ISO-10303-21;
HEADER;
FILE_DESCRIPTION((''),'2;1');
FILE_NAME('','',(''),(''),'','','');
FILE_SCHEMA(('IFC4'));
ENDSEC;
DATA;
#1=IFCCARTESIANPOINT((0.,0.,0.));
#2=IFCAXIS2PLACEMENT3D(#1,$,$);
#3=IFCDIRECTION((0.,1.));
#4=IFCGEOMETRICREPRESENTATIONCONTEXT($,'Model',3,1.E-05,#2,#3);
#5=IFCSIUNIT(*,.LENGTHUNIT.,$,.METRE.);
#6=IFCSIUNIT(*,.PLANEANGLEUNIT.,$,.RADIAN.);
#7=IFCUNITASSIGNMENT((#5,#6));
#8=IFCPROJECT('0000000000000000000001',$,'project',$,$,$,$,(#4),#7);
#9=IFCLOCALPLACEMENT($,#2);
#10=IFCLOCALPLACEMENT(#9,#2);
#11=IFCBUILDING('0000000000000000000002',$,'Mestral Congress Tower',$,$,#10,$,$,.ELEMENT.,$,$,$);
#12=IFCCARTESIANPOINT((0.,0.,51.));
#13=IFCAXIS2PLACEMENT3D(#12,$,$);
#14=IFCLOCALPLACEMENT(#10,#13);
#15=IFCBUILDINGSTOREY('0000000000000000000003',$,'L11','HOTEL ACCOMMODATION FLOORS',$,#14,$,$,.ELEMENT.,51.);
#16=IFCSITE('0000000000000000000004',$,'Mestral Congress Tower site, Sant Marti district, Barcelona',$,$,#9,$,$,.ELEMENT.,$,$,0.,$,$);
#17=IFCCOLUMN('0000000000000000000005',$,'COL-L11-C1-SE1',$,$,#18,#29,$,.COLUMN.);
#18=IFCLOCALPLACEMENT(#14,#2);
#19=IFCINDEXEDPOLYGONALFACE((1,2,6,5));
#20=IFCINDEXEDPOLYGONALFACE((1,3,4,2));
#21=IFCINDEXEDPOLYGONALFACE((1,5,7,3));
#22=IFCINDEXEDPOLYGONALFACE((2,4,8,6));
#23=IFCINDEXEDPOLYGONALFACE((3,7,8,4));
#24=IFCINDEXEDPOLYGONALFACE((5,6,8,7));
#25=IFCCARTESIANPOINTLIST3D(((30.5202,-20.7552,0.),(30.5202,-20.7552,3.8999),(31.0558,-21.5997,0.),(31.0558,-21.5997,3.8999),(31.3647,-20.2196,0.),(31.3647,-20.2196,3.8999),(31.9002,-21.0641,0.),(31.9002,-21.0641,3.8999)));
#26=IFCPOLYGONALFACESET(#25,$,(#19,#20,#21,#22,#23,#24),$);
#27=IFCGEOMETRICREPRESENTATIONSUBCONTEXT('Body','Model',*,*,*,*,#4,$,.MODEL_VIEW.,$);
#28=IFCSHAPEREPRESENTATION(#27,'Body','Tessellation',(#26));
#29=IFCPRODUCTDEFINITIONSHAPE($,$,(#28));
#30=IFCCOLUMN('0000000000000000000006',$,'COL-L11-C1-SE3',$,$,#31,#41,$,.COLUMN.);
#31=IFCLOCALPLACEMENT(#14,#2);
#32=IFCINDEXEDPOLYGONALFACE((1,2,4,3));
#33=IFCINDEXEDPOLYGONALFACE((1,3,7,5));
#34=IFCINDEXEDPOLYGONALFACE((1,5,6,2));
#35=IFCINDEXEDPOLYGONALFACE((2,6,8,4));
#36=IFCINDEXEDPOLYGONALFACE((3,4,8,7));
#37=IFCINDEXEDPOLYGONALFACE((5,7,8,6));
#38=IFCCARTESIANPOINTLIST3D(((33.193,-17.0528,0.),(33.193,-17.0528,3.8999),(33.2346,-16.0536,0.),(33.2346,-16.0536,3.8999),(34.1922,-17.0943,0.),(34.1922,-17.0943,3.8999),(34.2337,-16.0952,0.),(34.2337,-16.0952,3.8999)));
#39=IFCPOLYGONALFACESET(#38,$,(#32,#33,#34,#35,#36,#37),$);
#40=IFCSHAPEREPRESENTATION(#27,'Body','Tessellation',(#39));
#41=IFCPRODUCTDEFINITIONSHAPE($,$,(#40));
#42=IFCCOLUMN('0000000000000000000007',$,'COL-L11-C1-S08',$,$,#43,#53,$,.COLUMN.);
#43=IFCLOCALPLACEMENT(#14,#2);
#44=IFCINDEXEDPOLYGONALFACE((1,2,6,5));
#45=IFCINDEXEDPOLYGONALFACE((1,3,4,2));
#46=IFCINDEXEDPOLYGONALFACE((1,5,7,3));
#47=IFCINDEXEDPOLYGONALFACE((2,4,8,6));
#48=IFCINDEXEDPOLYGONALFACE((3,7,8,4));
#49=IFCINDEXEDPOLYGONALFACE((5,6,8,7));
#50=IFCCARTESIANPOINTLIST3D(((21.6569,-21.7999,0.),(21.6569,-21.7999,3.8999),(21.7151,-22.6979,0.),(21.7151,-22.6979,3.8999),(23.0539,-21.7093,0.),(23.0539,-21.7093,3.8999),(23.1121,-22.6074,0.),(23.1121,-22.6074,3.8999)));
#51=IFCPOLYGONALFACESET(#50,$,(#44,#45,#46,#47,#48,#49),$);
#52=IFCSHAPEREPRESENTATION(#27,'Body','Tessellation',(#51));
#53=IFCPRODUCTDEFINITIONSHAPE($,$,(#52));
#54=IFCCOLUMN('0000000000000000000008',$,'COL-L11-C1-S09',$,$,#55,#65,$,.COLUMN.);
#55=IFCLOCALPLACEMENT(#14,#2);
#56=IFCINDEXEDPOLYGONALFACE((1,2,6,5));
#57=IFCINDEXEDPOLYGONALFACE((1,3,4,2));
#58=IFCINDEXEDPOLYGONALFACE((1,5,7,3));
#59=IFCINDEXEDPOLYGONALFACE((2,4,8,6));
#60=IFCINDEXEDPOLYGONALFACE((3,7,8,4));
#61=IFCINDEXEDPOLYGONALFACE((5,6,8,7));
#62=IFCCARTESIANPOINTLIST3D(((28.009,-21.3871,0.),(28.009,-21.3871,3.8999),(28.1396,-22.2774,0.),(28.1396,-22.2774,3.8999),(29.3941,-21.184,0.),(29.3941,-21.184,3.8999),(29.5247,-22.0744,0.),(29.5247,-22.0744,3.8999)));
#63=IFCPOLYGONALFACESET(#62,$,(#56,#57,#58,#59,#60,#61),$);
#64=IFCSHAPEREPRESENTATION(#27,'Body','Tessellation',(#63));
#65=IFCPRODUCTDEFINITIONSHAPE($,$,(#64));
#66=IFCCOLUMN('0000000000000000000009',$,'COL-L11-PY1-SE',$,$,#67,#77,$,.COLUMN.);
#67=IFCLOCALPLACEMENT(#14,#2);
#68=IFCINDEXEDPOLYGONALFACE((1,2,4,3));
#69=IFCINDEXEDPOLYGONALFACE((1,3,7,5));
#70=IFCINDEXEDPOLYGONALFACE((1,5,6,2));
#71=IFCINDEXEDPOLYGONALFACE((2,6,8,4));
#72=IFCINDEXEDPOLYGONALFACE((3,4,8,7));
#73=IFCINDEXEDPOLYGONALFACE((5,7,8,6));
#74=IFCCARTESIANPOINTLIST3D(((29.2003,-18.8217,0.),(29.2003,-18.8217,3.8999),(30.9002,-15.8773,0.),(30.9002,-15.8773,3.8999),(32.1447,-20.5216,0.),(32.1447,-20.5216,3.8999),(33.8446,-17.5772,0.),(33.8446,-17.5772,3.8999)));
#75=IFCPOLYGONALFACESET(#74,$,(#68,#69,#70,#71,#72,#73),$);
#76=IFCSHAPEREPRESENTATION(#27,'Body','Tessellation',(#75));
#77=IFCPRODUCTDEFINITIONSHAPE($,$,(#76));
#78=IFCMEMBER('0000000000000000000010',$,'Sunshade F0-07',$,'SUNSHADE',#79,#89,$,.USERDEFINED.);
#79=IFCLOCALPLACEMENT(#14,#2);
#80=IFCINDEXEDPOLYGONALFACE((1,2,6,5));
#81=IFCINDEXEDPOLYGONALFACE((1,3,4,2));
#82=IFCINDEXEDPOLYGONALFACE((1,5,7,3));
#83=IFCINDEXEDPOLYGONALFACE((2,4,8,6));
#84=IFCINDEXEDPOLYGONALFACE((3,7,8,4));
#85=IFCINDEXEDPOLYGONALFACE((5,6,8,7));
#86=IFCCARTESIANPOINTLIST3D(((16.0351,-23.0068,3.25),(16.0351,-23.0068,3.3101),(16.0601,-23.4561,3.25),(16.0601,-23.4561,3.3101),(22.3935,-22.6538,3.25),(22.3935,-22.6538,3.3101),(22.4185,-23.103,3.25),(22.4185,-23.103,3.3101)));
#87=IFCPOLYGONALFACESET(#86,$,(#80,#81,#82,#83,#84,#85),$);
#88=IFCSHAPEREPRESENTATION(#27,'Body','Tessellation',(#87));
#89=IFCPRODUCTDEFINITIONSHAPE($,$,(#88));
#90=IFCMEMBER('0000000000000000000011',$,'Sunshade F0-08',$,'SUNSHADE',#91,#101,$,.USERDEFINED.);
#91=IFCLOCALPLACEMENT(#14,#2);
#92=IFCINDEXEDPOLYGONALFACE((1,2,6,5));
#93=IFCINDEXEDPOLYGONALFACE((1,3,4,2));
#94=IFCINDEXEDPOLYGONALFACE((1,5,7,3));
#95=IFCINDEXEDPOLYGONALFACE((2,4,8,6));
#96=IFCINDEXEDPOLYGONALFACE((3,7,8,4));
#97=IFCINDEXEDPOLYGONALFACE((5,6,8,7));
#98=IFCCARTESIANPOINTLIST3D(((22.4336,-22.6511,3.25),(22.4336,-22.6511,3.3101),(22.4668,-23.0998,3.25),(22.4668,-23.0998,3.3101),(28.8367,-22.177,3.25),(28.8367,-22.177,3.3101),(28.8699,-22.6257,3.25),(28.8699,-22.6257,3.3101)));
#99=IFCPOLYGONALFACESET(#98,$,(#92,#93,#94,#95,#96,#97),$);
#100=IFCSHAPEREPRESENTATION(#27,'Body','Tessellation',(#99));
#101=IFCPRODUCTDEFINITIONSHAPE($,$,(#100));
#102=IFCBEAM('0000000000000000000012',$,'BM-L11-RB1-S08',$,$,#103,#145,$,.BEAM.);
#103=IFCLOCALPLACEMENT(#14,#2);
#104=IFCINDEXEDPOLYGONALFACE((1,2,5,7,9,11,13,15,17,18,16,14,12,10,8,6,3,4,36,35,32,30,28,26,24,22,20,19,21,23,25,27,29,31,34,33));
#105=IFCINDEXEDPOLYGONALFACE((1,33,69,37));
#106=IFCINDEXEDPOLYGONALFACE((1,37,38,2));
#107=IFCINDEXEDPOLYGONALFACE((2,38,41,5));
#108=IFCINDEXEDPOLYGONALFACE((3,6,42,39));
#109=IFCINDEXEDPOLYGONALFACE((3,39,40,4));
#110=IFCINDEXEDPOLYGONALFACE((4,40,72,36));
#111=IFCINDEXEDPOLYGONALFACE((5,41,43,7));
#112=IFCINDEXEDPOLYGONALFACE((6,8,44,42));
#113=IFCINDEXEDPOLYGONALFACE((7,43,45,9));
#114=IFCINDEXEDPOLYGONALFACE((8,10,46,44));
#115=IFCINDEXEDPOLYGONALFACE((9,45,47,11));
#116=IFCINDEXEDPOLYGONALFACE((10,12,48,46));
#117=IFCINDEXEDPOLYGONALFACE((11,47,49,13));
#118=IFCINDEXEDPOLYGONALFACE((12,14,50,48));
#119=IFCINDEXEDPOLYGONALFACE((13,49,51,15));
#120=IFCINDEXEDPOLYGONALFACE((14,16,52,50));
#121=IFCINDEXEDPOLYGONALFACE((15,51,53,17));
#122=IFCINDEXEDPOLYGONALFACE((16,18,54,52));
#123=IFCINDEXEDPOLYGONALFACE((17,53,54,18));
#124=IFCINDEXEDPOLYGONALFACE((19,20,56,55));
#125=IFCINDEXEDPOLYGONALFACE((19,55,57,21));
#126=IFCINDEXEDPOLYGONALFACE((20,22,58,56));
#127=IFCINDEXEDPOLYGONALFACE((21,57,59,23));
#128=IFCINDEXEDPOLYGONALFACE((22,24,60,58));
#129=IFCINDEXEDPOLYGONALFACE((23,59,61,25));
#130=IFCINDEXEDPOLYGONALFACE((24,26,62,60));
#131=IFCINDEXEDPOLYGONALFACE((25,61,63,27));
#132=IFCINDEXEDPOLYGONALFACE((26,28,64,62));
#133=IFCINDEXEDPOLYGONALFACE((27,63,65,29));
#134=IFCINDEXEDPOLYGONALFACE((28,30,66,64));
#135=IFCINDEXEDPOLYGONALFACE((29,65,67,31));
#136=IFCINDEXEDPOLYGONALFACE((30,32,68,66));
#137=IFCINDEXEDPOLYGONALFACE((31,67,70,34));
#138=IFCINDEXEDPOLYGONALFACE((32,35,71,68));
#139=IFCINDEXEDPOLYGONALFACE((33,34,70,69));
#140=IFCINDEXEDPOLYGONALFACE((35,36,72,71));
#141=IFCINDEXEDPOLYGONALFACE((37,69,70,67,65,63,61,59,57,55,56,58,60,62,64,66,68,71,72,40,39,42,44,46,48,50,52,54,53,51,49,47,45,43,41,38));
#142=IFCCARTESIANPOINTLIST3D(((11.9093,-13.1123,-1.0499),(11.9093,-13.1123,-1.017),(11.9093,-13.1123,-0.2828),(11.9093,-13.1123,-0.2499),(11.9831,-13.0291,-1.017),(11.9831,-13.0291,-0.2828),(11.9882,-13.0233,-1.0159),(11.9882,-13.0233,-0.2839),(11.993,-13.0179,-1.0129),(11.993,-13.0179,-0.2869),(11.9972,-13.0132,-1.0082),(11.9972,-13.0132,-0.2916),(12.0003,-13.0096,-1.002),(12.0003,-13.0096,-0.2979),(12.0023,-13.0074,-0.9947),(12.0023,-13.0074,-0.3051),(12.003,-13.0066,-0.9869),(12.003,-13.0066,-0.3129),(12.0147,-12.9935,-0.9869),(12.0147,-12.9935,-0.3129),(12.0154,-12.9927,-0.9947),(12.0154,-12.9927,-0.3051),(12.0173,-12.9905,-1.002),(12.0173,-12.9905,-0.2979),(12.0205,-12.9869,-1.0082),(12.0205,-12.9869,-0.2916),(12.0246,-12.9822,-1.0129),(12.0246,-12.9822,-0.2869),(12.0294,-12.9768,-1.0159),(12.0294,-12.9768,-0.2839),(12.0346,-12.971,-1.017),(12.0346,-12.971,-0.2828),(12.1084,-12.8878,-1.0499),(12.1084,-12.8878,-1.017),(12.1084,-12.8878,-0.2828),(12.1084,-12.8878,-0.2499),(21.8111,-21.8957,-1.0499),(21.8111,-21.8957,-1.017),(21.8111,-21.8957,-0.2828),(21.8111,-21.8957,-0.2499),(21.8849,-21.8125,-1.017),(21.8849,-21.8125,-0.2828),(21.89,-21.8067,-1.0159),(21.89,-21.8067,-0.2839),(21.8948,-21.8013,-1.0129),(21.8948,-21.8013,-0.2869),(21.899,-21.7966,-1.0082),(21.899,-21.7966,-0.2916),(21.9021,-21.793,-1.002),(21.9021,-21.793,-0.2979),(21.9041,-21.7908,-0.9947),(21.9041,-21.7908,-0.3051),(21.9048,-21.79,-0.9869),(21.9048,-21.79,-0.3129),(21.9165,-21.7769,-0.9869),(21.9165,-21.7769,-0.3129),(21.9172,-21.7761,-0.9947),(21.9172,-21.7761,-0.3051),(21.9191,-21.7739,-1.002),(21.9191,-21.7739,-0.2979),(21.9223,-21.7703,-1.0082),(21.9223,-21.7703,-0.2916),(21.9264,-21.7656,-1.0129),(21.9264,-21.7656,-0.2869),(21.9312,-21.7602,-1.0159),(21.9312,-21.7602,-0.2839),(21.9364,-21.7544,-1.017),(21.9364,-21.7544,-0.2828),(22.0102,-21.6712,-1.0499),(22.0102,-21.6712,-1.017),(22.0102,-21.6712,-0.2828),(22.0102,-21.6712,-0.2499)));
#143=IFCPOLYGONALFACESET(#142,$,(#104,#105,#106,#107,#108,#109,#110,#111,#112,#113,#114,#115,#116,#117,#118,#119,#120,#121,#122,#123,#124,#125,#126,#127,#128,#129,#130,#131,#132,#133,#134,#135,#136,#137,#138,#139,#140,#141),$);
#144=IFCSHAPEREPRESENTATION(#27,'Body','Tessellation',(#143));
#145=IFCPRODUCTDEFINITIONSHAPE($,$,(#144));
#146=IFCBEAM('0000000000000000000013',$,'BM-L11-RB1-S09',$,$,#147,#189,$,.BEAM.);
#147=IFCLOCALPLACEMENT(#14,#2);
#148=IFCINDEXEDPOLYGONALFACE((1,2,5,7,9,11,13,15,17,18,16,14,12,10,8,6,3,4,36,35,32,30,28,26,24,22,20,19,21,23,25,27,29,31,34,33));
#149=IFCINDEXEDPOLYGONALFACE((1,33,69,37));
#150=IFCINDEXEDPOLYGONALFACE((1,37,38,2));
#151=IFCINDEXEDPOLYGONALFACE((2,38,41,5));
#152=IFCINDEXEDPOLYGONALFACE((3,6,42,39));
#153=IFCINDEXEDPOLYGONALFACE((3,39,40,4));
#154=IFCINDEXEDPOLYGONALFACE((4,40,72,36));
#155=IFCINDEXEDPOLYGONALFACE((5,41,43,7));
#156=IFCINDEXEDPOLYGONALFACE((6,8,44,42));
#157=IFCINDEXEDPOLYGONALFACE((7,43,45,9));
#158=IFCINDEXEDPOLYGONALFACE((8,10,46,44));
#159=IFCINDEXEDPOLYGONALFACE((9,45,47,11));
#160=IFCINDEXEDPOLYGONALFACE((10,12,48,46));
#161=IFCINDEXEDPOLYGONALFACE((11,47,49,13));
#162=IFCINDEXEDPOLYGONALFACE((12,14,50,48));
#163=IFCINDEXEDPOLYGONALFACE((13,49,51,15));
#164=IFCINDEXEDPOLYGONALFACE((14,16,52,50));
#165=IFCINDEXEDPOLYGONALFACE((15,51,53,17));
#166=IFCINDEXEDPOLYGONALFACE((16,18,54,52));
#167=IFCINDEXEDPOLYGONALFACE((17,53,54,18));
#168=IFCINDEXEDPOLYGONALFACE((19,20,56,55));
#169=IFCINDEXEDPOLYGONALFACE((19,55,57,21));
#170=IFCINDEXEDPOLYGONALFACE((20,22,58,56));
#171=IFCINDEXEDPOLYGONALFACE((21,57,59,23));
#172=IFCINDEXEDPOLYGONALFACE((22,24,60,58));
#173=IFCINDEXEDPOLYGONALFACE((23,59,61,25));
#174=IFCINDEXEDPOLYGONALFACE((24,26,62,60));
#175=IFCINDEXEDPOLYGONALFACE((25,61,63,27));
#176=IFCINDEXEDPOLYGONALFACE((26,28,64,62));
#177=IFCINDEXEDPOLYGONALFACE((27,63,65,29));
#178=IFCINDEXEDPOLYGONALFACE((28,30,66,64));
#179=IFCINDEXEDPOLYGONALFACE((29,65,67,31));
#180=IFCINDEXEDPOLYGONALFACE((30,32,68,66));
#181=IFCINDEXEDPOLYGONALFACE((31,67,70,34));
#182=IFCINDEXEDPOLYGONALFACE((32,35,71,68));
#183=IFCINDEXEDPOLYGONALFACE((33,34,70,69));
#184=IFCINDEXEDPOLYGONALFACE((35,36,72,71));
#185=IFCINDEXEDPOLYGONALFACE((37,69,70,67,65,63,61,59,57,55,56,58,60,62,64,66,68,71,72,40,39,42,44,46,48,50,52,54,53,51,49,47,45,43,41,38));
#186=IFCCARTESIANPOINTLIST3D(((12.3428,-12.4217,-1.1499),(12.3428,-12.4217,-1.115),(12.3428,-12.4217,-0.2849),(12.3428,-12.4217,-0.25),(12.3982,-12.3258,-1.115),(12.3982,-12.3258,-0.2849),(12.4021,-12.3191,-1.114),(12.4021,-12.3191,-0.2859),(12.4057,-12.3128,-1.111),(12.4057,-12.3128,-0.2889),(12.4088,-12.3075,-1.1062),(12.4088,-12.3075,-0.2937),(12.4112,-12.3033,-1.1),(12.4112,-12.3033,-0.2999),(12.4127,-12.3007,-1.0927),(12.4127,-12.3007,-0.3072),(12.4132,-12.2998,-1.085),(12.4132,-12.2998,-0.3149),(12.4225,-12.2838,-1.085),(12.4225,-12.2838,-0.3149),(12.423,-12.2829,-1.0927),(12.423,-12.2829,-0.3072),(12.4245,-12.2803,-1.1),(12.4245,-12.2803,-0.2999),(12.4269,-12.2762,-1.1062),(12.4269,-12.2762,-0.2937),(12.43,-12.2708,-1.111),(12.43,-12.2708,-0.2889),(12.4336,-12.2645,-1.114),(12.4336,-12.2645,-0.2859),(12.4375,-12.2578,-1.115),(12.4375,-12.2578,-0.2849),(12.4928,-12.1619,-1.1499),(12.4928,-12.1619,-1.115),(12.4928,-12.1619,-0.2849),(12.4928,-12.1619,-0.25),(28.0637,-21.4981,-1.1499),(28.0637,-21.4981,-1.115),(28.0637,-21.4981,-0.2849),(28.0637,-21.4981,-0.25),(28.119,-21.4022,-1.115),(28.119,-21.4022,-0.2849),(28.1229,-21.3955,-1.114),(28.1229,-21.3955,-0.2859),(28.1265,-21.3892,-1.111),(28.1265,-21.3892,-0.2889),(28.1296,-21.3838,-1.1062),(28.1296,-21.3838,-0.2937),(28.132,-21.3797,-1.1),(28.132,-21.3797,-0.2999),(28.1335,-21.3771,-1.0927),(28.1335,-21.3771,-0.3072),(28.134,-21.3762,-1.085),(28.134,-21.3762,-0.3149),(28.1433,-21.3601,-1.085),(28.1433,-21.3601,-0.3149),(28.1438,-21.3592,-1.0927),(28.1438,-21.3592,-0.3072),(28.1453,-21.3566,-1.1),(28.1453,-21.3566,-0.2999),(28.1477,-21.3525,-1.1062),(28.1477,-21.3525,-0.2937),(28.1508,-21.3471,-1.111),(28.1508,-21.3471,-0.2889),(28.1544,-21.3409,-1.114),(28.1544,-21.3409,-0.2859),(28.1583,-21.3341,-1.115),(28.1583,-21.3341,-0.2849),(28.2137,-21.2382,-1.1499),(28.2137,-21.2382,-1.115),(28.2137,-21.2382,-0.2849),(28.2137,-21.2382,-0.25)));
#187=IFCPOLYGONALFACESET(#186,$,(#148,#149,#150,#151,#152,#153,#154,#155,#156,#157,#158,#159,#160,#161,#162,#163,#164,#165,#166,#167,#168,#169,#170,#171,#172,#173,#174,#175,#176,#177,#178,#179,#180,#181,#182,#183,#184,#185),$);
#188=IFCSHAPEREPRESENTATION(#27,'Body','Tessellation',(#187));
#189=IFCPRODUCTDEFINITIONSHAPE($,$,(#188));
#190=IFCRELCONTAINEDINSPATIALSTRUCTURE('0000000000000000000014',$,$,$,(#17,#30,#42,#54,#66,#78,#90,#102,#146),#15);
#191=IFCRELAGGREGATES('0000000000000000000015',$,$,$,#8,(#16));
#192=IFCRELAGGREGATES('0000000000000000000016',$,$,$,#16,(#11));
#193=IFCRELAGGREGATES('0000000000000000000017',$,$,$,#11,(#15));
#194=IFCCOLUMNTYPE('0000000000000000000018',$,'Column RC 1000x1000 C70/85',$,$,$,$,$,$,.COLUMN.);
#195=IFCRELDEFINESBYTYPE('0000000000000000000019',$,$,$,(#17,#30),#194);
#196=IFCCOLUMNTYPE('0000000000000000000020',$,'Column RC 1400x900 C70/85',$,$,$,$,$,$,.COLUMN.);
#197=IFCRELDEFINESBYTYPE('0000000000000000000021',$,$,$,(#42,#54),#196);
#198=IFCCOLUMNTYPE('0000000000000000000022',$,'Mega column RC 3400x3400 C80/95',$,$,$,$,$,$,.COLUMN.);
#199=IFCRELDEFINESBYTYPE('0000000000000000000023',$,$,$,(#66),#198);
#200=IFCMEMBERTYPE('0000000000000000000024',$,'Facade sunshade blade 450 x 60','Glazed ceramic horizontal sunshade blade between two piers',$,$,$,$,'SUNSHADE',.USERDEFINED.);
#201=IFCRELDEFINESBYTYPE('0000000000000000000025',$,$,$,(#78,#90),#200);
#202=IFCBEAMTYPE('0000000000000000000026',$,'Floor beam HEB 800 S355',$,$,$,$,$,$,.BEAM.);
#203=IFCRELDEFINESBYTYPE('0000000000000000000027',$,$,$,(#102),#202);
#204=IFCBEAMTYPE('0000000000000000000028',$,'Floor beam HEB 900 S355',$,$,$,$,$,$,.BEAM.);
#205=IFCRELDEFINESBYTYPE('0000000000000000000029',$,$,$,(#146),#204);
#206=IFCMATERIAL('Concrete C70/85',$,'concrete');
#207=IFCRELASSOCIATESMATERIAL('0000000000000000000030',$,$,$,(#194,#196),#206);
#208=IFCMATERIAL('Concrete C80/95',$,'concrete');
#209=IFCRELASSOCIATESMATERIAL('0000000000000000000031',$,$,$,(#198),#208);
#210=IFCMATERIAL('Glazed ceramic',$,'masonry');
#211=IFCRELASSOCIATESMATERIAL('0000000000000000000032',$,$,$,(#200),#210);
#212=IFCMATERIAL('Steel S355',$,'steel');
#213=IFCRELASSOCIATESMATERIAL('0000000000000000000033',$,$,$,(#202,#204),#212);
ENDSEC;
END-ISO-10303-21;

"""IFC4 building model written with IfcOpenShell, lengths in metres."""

from ifc_helpers import new_model, si_unit, direction, frame, origin, origin_2d, place, context, subcontext, project, spatial, rectangle, i_section, extrude, material, material_profile, profile_set, type_object, element, save


model = new_model("IFC4")

# Units and contexts
model_context = context("Model", 3, precision=1e-05, world=origin(), true_north=direction((0.0, 1.0)))
body_context = subcontext(model_context, "Body", "Model", "MODEL_VIEW")
ifc_project = project(units=[si_unit("LENGTHUNIT", "METRE"), si_unit("PLANEANGLEUNIT", "RADIAN")], contexts=[model_context])

# Site, building, storey
site_placement = place(None, origin())
site = spatial("IfcSite", under=ifc_project, at=site_placement, Name="Mestral Congress Tower site, Sant Marti district, Barcelona", CompositionType="ELEMENT", RefElevation=0.0)
building_placement = place(site_placement, origin())
building = spatial("IfcBuilding", under=site, at=building_placement, Name="Mestral Congress Tower", CompositionType="ELEMENT")
storey_placement = place(building_placement, frame((0.0, 0.0, 51.0)))
storey = spatial("IfcBuildingStorey", under=building, at=storey_placement, Name="L11", Description="HOTEL ACCOMMODATION FLOORS", CompositionType="ELEMENT", Elevation=51.0)

# Columns
ifc_material_1 = material(Name="Concrete C70/85", Category="concrete")
ifc_material_profile_1 = material_profile(ifc_material_1, rectangle(XDim=1.0, YDim=1.0, at=origin_2d()), Name="RC 1000x1000")
ifc_profile_set_1 = profile_set([ifc_material_profile_1], Name="Concrete C70/85")
column_type_1 = type_object("IfcColumnType", Name="Column RC 1000x1000 C70/85", PredefinedType="COLUMN", material=ifc_profile_set_1)
for number, where, z_axis, x_axis, name in (
    (1, (31.2102, -20.9097, 0.0), (0.0, 0.0, 1.0), (0.844485, 0.535579, 0.0), "COL-L11-C1-SE1"),
    (2, (33.7134, -16.574, 0.0), (0.0, 0.0, 1.0), (0.041583, 0.999135, 0.0), "COL-L11-C1-SE3"),
):
    element("IfcColumn", number, at=place(storey_placement, frame(where, z_axis=z_axis, x_axis=x_axis)), inside=storey, type_object=column_type_1, Name=name, PredefinedType="COLUMN", context=body_context, shape_type="SweptSolid", body=[
        extrude(rectangle(XDim=1.0, YDim=1.0, at=origin_2d()), origin(), (0.0, 0.0, 1.0), 3.8999),
    ])
ifc_material_profile_2 = material_profile(ifc_material_1, rectangle(XDim=1.3999, YDim=0.8999, at=origin_2d()), Name="RC 1400x900")
ifc_profile_set_2 = profile_set([ifc_material_profile_2], Name="Concrete C70/85")
column_type_2 = type_object("IfcColumnType", Name="Column RC 1400x900 C70/85", PredefinedType="COLUMN", material=ifc_profile_set_2)
for number, where, z_axis, x_axis, name in (
    (3, (22.3845, -22.2036, 0.0), (0.0, 0.0, 1.0), (0.997908, 0.064658, 0.0), "COL-L11-C1-S08"),
    (4, (28.7668, -21.7307, 0.0), (0.0, 0.0, 1.0), (0.989424, 0.145056, 0.0), "COL-L11-C1-S09"),
):
    element("IfcColumn", number, at=place(storey_placement, frame(where, z_axis=z_axis, x_axis=x_axis)), inside=storey, type_object=column_type_2, Name=name, PredefinedType="COLUMN", context=body_context, shape_type="SweptSolid", body=[
        extrude(rectangle(XDim=1.3999, YDim=0.8999, at=origin_2d()), origin(), (0.0, 0.0, 1.0), 3.8999),
    ])
ifc_material_2 = material(Name="Concrete C80/95", Category="concrete")
ifc_material_profile_3 = material_profile(ifc_material_2, rectangle(XDim=3.3999, YDim=3.3999, at=origin_2d()), Name="RC 3400x3400")
ifc_profile_set_3 = profile_set([ifc_material_profile_3], Name="Concrete C80/95")
column_type_3 = type_object("IfcColumnType", Name="Mega column RC 3400x3400 C80/95", PredefinedType="COLUMN", material=ifc_profile_set_3)
column_placement = place(storey_placement, frame((31.5225, -18.1995, 0.0), z_axis=(0.0, 0.0, 1.0), x_axis=(0.866025, -0.5, 0.0)))
element("IfcColumn", 5, at=column_placement, inside=storey, type_object=column_type_3, Name="COL-L11-PY1-SE", PredefinedType="COLUMN", context=body_context, shape_type="SweptSolid", body=[
    extrude(rectangle(XDim=3.3999, YDim=3.3999, at=origin_2d()), origin(), (0.0, 0.0, 1.0), 3.8999),
])

# Members
ifc_material_3 = material(Name="Glazed ceramic", Category="masonry")
ifc_material_profile_4 = material_profile(ifc_material_3, rectangle(XDim=0.45, YDim=0.0601, at=origin_2d()), Name="Ceramic blade 450 x 60")
ifc_profile_set_4 = profile_set([ifc_material_profile_4], Name="Glazed ceramic")
member_type = type_object("IfcMemberType", Name="Facade sunshade blade 450 x 60", Description="Glazed ceramic horizontal sunshade blade between two piers", ElementType="SUNSHADE", PredefinedType="USERDEFINED", material=ifc_profile_set_4)
member_1_placement = place(storey_placement, frame((16.0476, -23.2314, 3.28), z_axis=(0.998462, 0.055436, 0.0), x_axis=(-0.055436, 0.998462, 0.0)))
element("IfcMember", 6, at=member_1_placement, inside=storey, type_object=member_type, Name="Sunshade F0-07", ObjectType="SUNSHADE", PredefinedType="USERDEFINED", context=body_context, shape_type="SweptSolid", body=[
    extrude(rectangle(XDim=0.45, YDim=0.0601, at=origin_2d()), origin(), (0.0, 0.0, 1.0), 6.3682),
])
member_2_placement = place(storey_placement, frame((22.4502, -22.8755, 3.28), z_axis=(0.99727, 0.073844, 0.0), x_axis=(-0.073844, 0.99727, 0.0)))
element("IfcMember", 7, at=member_2_placement, inside=storey, type_object=member_type, Name="Sunshade F0-08", ObjectType="SUNSHADE", PredefinedType="USERDEFINED", context=body_context, shape_type="SweptSolid", body=[
    extrude(rectangle(XDim=0.45, YDim=0.0601, at=origin_2d()), origin(), (0.0, 0.0, 1.0), 6.4207),
])

# Beams
ifc_material_4 = material(Name="Steel S355", Category="steel")
ifc_material_profile_5 = material_profile(ifc_material_4, i_section(OverallWidth=0.3, OverallDepth=0.8, WebThickness=0.0176, FlangeThickness=0.033, FilletRadius=0.03, at=origin_2d()), Name="HEB 800")
ifc_profile_set_5 = profile_set([ifc_material_profile_5], Name="Steel S355")
beam_type_1 = type_object("IfcBeamType", Name="Floor beam HEB 800 S355", PredefinedType="BEAM", material=ifc_profile_set_5)
beam_1_placement = place(storey_placement, frame((21.9106, -21.7834, -0.6499), z_axis=(-0.748092, 0.663595, 0.0), x_axis=(-0.663595, -0.748092, 0.0)))
element("IfcBeam", 8, at=beam_1_placement, inside=storey, type_object=beam_type_1, Name="BM-L11-RB1-S08", PredefinedType="BEAM", context=body_context, shape_type="SweptSolid", body=[
    extrude(i_section(OverallWidth=0.3, OverallDepth=0.8, WebThickness=0.0176, FlangeThickness=0.033, FilletRadius=0.03, at=origin_2d()), origin(), (0.0, 0.0, 1.0), 13.2361),
])
ifc_material_profile_6 = material_profile(ifc_material_4, i_section(OverallWidth=0.3, OverallDepth=0.8999, WebThickness=0.0186, FlangeThickness=0.0349, FilletRadius=0.03, at=origin_2d()), Name="HEB 900")
ifc_profile_set_6 = profile_set([ifc_material_profile_6], Name="Steel S355")
beam_type_2 = type_object("IfcBeamType", Name="Floor beam HEB 900 S355", PredefinedType="BEAM", material=ifc_profile_set_6)
beam_2_placement = place(storey_placement, frame((28.1387, -21.3682, -0.7), z_axis=(-0.866027, 0.499997, 0.0), x_axis=(-0.499997, -0.866027, 0.0)))
element("IfcBeam", 9, at=beam_2_placement, inside=storey, type_object=beam_type_2, Name="BM-L11-RB1-S09", PredefinedType="BEAM", context=body_context, shape_type="SweptSolid", body=[
    extrude(i_section(OverallWidth=0.3, OverallDepth=0.8999, WebThickness=0.0186, FlangeThickness=0.0349, FilletRadius=0.03, at=origin_2d()), origin(), (0.0, 0.0, 1.0), 18.1528),
])

save(model, "model.ifc")
